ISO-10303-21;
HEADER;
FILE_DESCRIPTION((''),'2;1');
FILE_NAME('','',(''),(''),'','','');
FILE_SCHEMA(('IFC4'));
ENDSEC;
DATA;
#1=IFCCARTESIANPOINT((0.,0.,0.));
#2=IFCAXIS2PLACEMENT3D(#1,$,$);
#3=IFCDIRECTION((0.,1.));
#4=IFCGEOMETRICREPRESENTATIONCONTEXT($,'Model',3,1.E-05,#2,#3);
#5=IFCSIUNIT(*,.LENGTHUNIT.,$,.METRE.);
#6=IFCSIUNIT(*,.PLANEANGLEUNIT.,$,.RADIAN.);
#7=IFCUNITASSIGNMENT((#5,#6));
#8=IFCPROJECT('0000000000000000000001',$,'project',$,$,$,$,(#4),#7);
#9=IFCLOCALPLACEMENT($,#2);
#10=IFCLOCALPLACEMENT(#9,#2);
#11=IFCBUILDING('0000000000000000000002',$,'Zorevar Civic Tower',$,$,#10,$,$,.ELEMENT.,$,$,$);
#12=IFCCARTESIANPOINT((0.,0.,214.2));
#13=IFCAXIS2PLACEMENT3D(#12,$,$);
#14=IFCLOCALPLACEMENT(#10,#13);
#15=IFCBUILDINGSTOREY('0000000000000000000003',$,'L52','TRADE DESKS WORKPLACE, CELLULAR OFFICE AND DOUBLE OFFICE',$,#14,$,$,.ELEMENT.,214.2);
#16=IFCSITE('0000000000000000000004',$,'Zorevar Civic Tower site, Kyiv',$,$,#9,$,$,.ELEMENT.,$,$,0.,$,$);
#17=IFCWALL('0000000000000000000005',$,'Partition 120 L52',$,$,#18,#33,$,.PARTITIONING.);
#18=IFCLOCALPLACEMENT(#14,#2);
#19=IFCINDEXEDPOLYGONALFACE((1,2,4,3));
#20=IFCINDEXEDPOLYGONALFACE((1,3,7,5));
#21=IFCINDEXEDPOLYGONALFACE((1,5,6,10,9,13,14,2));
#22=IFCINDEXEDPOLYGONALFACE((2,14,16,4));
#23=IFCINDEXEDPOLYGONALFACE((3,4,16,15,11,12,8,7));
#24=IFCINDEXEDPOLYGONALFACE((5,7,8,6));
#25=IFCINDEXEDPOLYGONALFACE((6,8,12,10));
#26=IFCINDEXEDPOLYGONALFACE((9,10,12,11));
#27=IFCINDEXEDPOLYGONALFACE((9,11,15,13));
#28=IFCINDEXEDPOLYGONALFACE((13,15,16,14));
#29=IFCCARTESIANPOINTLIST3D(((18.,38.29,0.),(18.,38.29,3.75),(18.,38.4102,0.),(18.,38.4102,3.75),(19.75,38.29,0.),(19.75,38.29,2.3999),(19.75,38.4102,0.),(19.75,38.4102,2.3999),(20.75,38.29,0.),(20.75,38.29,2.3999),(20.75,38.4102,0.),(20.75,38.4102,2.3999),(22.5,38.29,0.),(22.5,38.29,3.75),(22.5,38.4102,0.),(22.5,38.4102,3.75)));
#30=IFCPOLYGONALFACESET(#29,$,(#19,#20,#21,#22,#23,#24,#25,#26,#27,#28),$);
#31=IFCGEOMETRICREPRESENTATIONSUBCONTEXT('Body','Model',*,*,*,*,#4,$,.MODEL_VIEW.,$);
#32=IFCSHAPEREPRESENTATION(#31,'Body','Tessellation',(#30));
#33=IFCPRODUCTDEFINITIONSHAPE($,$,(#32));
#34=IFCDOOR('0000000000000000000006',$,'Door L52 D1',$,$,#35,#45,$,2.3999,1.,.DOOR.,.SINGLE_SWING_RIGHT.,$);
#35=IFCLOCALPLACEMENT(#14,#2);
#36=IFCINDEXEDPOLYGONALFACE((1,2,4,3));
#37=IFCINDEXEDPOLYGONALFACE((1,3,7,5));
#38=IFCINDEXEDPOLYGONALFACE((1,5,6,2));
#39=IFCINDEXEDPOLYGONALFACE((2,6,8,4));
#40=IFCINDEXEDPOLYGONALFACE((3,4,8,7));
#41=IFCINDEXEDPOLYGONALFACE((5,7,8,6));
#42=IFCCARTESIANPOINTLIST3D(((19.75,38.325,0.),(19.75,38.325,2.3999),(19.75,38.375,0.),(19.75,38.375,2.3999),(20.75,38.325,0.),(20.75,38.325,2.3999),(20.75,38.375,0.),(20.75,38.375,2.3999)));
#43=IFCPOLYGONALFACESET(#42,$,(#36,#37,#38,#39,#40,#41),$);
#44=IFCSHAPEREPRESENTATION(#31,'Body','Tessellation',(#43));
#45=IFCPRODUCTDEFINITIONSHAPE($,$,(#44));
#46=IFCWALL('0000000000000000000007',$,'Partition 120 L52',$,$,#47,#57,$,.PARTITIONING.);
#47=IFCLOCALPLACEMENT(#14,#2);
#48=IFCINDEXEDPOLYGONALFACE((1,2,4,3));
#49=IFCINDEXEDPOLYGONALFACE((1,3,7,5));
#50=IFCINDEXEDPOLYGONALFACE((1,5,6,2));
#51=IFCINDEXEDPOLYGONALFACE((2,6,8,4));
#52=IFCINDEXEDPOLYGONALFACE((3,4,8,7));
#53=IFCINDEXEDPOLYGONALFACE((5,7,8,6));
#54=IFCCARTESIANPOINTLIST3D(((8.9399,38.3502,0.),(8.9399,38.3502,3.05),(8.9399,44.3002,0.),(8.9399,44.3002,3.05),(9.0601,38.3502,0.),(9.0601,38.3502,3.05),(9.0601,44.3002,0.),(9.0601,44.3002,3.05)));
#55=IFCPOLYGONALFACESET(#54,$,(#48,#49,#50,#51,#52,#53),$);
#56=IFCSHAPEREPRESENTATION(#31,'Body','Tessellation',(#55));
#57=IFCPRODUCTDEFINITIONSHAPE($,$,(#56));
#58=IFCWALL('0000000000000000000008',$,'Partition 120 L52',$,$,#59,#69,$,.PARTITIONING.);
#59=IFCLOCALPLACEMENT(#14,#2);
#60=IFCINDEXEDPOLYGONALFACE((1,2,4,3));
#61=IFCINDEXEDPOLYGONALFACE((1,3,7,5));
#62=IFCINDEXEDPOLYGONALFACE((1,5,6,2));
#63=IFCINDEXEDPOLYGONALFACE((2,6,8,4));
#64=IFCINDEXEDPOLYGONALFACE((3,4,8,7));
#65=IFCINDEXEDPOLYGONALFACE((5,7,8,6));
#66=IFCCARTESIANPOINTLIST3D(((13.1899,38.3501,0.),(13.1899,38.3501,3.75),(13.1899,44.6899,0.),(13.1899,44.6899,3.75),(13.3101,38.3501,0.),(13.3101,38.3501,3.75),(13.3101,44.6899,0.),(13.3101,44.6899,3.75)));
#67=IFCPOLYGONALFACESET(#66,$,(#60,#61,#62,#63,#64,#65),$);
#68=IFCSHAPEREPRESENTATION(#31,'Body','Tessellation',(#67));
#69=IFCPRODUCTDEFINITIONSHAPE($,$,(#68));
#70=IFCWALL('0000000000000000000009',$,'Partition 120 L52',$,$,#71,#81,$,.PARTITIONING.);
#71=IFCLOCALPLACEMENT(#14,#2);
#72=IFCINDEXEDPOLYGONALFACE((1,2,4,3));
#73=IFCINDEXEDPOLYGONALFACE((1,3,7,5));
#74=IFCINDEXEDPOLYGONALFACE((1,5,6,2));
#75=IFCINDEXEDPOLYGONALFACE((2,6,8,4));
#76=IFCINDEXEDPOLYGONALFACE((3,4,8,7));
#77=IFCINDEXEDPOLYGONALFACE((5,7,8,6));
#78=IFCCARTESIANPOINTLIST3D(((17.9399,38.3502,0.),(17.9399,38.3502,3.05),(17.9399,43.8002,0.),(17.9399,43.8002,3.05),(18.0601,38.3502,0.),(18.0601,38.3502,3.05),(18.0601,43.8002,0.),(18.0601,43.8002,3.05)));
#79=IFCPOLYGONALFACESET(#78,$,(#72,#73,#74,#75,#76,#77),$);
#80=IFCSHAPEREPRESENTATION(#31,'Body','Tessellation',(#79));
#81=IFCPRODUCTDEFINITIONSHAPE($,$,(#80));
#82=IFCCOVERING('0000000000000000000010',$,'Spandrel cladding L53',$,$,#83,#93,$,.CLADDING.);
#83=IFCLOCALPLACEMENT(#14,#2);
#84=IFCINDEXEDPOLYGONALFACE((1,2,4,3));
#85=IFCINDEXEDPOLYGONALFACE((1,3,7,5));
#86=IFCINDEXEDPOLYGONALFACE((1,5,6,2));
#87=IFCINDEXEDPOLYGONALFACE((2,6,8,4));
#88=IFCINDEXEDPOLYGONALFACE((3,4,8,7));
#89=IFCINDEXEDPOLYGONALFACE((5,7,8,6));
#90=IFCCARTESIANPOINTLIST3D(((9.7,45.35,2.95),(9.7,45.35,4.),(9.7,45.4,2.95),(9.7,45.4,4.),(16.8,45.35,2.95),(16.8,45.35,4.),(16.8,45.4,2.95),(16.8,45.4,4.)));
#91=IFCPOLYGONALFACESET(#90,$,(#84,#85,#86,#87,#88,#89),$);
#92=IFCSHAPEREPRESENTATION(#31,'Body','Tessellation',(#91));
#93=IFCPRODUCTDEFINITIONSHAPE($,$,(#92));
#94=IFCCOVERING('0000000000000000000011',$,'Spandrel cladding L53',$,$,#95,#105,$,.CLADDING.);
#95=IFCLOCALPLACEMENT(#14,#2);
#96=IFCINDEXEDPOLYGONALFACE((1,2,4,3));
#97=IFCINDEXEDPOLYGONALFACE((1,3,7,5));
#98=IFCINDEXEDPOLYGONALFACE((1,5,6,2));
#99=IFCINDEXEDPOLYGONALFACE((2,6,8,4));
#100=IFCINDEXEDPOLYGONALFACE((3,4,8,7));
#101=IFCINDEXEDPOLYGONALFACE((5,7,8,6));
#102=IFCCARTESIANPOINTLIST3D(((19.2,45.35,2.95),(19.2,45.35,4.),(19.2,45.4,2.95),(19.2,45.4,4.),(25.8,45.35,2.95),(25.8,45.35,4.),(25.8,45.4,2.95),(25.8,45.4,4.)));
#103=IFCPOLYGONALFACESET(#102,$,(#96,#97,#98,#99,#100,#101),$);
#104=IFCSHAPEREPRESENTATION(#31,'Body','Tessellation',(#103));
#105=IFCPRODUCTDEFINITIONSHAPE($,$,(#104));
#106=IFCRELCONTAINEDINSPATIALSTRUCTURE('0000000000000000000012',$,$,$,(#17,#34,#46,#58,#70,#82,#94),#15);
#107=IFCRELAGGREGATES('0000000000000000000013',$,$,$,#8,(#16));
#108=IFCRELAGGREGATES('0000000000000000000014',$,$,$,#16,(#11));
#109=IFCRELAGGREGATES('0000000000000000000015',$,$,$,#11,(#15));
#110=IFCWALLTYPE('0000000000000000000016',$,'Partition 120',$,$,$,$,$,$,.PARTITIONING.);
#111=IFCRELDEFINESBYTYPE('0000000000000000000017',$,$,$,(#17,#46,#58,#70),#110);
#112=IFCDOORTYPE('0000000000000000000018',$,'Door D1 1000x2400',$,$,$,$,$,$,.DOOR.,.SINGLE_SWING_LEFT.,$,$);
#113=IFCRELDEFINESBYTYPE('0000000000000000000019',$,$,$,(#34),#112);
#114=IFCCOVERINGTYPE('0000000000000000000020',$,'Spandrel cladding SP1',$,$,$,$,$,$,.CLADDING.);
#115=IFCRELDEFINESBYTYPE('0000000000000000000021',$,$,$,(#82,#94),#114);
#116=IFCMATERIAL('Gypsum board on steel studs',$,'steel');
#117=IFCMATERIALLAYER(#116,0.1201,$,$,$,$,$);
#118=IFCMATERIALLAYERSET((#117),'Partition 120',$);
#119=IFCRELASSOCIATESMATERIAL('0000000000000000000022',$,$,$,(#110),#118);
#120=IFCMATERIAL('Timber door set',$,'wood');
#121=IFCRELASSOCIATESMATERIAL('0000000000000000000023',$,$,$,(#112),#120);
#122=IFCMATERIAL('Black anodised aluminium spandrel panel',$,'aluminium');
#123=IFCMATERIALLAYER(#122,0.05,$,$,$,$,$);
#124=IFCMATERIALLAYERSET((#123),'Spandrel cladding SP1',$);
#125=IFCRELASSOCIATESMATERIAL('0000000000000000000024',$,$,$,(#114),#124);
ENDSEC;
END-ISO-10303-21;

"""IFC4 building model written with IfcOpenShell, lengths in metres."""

from ifc_helpers import new_model, si_unit, direction, frame, frame_2d, origin, place, context, subcontext, project, spatial, rectangle, extrude, material, layer, layer_set, type_object, element, fill, save


model = new_model("IFC4")

# Units and contexts
model_context = context("Model", 3, precision=1e-05, world=origin(), true_north=direction((0.0, 1.0)))
body_context = subcontext(model_context, "Body", "Model", "MODEL_VIEW")
ifc_project = project(units=[si_unit("LENGTHUNIT", "METRE"), si_unit("PLANEANGLEUNIT", "RADIAN")], contexts=[model_context])

# Site, building, storey
site_placement = place(None, origin())
site = spatial("IfcSite", under=ifc_project, at=site_placement, Name="Zorevar Civic Tower site, Kyiv", CompositionType="ELEMENT", RefElevation=0.0)
building_placement = place(site_placement, origin())
building = spatial("IfcBuilding", under=site, at=building_placement, Name="Zorevar Civic Tower", CompositionType="ELEMENT")
storey_placement = place(building_placement, frame((0.0, 0.0, 214.2)))
storey = spatial("IfcBuildingStorey", under=building, at=storey_placement, Name="L52", Description="TRADE DESKS WORKPLACE, CELLULAR OFFICE AND DOUBLE OFFICE", CompositionType="ELEMENT", Elevation=214.2)

# Wall, opening, door
ifc_material_1 = material(Name="Gypsum board on steel studs", Category="steel")
ifc_layer_1 = layer(ifc_material_1, 0.1201)
ifc_layer_set_1 = layer_set([ifc_layer_1], Name="Partition 120")
wall_type_1 = type_object("IfcWallType", Name="Partition 120", PredefinedType="PARTITIONING", material=ifc_layer_set_1)
ifc_material_2 = material(Name="Timber door set", Category="wood")
door_type_1 = type_object("IfcDoorType", Name="Door D1 1000x2400", OperationType="SINGLE_SWING_LEFT", PredefinedType="DOOR", material=ifc_material_2)
wall_1_placement = place(storey_placement, frame((18.0, 38.3501, 0.0), z_axis=(0.0, 0.0, 1.0), x_axis=(1.0, 0.0, 0.0)))
wall_1 = element("IfcWall", 1, at=wall_1_placement, inside=storey, type_object=wall_type_1, Name="Partition 120 L52", PredefinedType="PARTITIONING", context=body_context, shape_type="SweptSolid", body=[
    extrude(rectangle(XDim=4.5, YDim=0.1201, at=frame_2d((2.25, 0.0))), origin(), (0.0, 0.0, 1.0), 3.75),
])
opening_1_placement = place(wall_1_placement, frame((1.75, 0.0, 0.0)))
opening_1 = element("IfcOpeningElement", 2, at=opening_1_placement, cuts=wall_1, PredefinedType="OPENING", context=body_context, shape_type="SweptSolid", body=[
    extrude(rectangle(XDim=1.0, YDim=2.3999, at=frame_2d((0.5, 1.2))), frame((0.0, 0.0701, 0.0), z_axis=(0.0, -1.0, 0.0), x_axis=(1.0, 0.0, 0.0)), (0.0, 0.0, 1.0), 0.1401),
])
door_1_placement = place(opening_1_placement, origin())
door_1 = element("IfcDoor", 3, at=door_1_placement, inside=storey, type_object=door_type_1, Name="Door L52 D1", OperationType="SINGLE_SWING_RIGHT", OverallHeight=2.3999, OverallWidth=1.0, PredefinedType="DOOR", context=body_context, shape_type="SweptSolid", body=[
    extrude(rectangle(XDim=1.0, YDim=2.3999, at=frame_2d((0.5, 1.2))), frame((0.0, 0.0249, 0.0), z_axis=(0.0, -1.0, 0.0), x_axis=(1.0, 0.0, 0.0)), (0.0, 0.0, 1.0), 0.05),
])
fill(opening_1, door_1)

# Walls
wall_2_placement = place(storey_placement, frame((9.0, 38.3501, 0.0), z_axis=(0.0, 0.0, 1.0), x_axis=(0.0, 1.0, 0.0)))
element("IfcWall", 4, at=wall_2_placement, inside=storey, type_object=wall_type_1, Name="Partition 120 L52", PredefinedType="PARTITIONING", context=body_context, shape_type="SweptSolid", body=[
    extrude(rectangle(XDim=5.95, YDim=0.1201, at=frame_2d((2.9751, 0.0))), origin(), (0.0, 0.0, 1.0), 3.05),
])
wall_3_placement = place(storey_placement, frame((13.25, 38.3501, 0.0), z_axis=(0.0, 0.0, 1.0), x_axis=(0.0, 1.0, 0.0)))
element("IfcWall", 5, at=wall_3_placement, inside=storey, type_object=wall_type_1, Name="Partition 120 L52", PredefinedType="PARTITIONING", context=body_context, shape_type="SweptSolid", body=[
    extrude(rectangle(XDim=6.3398, YDim=0.1201, at=frame_2d((3.1699, 0.0))), origin(), (0.0, 0.0, 1.0), 3.75),
])
wall_4_placement = place(storey_placement, frame((18.0, 38.3501, 0.0), z_axis=(0.0, 0.0, 1.0), x_axis=(0.0, 1.0, 0.0)))
element("IfcWall", 6, at=wall_4_placement, inside=storey, type_object=wall_type_1, Name="Partition 120 L52", PredefinedType="PARTITIONING", context=body_context, shape_type="SweptSolid", body=[
    extrude(rectangle(XDim=5.45, YDim=0.1201, at=frame_2d((2.7251, 0.0))), origin(), (0.0, 0.0, 1.0), 3.05),
])

# Coverings
ifc_material_3 = material(Name="Black anodised aluminium spandrel panel", Category="aluminium")
ifc_layer_2 = layer(ifc_material_3, 0.05)
ifc_layer_set_2 = layer_set([ifc_layer_2], Name="Spandrel cladding SP1")
covering_type = type_object("IfcCoveringType", Name="Spandrel cladding SP1", PredefinedType="CLADDING", material=ifc_layer_set_2)
covering_1_placement = place(storey_placement, frame((9.7, 45.375, 2.95), z_axis=(0.0, 0.0, 1.0), x_axis=(1.0, 0.0, 0.0)))
element("IfcCovering", 7, at=covering_1_placement, inside=storey, type_object=covering_type, Name="Spandrel cladding L53", PredefinedType="CLADDING", context=body_context, shape_type="SweptSolid", body=[
    extrude(rectangle(XDim=7.1001, YDim=0.05, at=frame_2d((3.55, 0.0))), origin(), (0.0, 0.0, 1.0), 1.05),
])
covering_2_placement = place(storey_placement, frame((19.2, 45.375, 2.95), z_axis=(0.0, 0.0, 1.0), x_axis=(1.0, 0.0, 0.0)))
element("IfcCovering", 8, at=covering_2_placement, inside=storey, type_object=covering_type, Name="Spandrel cladding L53", PredefinedType="CLADDING", context=body_context, shape_type="SweptSolid", body=[
    extrude(rectangle(XDim=6.6001, YDim=0.05, at=frame_2d((3.3, 0.0))), origin(), (0.0, 0.0, 1.0), 1.05),
])

save(model, "model.ifc")
